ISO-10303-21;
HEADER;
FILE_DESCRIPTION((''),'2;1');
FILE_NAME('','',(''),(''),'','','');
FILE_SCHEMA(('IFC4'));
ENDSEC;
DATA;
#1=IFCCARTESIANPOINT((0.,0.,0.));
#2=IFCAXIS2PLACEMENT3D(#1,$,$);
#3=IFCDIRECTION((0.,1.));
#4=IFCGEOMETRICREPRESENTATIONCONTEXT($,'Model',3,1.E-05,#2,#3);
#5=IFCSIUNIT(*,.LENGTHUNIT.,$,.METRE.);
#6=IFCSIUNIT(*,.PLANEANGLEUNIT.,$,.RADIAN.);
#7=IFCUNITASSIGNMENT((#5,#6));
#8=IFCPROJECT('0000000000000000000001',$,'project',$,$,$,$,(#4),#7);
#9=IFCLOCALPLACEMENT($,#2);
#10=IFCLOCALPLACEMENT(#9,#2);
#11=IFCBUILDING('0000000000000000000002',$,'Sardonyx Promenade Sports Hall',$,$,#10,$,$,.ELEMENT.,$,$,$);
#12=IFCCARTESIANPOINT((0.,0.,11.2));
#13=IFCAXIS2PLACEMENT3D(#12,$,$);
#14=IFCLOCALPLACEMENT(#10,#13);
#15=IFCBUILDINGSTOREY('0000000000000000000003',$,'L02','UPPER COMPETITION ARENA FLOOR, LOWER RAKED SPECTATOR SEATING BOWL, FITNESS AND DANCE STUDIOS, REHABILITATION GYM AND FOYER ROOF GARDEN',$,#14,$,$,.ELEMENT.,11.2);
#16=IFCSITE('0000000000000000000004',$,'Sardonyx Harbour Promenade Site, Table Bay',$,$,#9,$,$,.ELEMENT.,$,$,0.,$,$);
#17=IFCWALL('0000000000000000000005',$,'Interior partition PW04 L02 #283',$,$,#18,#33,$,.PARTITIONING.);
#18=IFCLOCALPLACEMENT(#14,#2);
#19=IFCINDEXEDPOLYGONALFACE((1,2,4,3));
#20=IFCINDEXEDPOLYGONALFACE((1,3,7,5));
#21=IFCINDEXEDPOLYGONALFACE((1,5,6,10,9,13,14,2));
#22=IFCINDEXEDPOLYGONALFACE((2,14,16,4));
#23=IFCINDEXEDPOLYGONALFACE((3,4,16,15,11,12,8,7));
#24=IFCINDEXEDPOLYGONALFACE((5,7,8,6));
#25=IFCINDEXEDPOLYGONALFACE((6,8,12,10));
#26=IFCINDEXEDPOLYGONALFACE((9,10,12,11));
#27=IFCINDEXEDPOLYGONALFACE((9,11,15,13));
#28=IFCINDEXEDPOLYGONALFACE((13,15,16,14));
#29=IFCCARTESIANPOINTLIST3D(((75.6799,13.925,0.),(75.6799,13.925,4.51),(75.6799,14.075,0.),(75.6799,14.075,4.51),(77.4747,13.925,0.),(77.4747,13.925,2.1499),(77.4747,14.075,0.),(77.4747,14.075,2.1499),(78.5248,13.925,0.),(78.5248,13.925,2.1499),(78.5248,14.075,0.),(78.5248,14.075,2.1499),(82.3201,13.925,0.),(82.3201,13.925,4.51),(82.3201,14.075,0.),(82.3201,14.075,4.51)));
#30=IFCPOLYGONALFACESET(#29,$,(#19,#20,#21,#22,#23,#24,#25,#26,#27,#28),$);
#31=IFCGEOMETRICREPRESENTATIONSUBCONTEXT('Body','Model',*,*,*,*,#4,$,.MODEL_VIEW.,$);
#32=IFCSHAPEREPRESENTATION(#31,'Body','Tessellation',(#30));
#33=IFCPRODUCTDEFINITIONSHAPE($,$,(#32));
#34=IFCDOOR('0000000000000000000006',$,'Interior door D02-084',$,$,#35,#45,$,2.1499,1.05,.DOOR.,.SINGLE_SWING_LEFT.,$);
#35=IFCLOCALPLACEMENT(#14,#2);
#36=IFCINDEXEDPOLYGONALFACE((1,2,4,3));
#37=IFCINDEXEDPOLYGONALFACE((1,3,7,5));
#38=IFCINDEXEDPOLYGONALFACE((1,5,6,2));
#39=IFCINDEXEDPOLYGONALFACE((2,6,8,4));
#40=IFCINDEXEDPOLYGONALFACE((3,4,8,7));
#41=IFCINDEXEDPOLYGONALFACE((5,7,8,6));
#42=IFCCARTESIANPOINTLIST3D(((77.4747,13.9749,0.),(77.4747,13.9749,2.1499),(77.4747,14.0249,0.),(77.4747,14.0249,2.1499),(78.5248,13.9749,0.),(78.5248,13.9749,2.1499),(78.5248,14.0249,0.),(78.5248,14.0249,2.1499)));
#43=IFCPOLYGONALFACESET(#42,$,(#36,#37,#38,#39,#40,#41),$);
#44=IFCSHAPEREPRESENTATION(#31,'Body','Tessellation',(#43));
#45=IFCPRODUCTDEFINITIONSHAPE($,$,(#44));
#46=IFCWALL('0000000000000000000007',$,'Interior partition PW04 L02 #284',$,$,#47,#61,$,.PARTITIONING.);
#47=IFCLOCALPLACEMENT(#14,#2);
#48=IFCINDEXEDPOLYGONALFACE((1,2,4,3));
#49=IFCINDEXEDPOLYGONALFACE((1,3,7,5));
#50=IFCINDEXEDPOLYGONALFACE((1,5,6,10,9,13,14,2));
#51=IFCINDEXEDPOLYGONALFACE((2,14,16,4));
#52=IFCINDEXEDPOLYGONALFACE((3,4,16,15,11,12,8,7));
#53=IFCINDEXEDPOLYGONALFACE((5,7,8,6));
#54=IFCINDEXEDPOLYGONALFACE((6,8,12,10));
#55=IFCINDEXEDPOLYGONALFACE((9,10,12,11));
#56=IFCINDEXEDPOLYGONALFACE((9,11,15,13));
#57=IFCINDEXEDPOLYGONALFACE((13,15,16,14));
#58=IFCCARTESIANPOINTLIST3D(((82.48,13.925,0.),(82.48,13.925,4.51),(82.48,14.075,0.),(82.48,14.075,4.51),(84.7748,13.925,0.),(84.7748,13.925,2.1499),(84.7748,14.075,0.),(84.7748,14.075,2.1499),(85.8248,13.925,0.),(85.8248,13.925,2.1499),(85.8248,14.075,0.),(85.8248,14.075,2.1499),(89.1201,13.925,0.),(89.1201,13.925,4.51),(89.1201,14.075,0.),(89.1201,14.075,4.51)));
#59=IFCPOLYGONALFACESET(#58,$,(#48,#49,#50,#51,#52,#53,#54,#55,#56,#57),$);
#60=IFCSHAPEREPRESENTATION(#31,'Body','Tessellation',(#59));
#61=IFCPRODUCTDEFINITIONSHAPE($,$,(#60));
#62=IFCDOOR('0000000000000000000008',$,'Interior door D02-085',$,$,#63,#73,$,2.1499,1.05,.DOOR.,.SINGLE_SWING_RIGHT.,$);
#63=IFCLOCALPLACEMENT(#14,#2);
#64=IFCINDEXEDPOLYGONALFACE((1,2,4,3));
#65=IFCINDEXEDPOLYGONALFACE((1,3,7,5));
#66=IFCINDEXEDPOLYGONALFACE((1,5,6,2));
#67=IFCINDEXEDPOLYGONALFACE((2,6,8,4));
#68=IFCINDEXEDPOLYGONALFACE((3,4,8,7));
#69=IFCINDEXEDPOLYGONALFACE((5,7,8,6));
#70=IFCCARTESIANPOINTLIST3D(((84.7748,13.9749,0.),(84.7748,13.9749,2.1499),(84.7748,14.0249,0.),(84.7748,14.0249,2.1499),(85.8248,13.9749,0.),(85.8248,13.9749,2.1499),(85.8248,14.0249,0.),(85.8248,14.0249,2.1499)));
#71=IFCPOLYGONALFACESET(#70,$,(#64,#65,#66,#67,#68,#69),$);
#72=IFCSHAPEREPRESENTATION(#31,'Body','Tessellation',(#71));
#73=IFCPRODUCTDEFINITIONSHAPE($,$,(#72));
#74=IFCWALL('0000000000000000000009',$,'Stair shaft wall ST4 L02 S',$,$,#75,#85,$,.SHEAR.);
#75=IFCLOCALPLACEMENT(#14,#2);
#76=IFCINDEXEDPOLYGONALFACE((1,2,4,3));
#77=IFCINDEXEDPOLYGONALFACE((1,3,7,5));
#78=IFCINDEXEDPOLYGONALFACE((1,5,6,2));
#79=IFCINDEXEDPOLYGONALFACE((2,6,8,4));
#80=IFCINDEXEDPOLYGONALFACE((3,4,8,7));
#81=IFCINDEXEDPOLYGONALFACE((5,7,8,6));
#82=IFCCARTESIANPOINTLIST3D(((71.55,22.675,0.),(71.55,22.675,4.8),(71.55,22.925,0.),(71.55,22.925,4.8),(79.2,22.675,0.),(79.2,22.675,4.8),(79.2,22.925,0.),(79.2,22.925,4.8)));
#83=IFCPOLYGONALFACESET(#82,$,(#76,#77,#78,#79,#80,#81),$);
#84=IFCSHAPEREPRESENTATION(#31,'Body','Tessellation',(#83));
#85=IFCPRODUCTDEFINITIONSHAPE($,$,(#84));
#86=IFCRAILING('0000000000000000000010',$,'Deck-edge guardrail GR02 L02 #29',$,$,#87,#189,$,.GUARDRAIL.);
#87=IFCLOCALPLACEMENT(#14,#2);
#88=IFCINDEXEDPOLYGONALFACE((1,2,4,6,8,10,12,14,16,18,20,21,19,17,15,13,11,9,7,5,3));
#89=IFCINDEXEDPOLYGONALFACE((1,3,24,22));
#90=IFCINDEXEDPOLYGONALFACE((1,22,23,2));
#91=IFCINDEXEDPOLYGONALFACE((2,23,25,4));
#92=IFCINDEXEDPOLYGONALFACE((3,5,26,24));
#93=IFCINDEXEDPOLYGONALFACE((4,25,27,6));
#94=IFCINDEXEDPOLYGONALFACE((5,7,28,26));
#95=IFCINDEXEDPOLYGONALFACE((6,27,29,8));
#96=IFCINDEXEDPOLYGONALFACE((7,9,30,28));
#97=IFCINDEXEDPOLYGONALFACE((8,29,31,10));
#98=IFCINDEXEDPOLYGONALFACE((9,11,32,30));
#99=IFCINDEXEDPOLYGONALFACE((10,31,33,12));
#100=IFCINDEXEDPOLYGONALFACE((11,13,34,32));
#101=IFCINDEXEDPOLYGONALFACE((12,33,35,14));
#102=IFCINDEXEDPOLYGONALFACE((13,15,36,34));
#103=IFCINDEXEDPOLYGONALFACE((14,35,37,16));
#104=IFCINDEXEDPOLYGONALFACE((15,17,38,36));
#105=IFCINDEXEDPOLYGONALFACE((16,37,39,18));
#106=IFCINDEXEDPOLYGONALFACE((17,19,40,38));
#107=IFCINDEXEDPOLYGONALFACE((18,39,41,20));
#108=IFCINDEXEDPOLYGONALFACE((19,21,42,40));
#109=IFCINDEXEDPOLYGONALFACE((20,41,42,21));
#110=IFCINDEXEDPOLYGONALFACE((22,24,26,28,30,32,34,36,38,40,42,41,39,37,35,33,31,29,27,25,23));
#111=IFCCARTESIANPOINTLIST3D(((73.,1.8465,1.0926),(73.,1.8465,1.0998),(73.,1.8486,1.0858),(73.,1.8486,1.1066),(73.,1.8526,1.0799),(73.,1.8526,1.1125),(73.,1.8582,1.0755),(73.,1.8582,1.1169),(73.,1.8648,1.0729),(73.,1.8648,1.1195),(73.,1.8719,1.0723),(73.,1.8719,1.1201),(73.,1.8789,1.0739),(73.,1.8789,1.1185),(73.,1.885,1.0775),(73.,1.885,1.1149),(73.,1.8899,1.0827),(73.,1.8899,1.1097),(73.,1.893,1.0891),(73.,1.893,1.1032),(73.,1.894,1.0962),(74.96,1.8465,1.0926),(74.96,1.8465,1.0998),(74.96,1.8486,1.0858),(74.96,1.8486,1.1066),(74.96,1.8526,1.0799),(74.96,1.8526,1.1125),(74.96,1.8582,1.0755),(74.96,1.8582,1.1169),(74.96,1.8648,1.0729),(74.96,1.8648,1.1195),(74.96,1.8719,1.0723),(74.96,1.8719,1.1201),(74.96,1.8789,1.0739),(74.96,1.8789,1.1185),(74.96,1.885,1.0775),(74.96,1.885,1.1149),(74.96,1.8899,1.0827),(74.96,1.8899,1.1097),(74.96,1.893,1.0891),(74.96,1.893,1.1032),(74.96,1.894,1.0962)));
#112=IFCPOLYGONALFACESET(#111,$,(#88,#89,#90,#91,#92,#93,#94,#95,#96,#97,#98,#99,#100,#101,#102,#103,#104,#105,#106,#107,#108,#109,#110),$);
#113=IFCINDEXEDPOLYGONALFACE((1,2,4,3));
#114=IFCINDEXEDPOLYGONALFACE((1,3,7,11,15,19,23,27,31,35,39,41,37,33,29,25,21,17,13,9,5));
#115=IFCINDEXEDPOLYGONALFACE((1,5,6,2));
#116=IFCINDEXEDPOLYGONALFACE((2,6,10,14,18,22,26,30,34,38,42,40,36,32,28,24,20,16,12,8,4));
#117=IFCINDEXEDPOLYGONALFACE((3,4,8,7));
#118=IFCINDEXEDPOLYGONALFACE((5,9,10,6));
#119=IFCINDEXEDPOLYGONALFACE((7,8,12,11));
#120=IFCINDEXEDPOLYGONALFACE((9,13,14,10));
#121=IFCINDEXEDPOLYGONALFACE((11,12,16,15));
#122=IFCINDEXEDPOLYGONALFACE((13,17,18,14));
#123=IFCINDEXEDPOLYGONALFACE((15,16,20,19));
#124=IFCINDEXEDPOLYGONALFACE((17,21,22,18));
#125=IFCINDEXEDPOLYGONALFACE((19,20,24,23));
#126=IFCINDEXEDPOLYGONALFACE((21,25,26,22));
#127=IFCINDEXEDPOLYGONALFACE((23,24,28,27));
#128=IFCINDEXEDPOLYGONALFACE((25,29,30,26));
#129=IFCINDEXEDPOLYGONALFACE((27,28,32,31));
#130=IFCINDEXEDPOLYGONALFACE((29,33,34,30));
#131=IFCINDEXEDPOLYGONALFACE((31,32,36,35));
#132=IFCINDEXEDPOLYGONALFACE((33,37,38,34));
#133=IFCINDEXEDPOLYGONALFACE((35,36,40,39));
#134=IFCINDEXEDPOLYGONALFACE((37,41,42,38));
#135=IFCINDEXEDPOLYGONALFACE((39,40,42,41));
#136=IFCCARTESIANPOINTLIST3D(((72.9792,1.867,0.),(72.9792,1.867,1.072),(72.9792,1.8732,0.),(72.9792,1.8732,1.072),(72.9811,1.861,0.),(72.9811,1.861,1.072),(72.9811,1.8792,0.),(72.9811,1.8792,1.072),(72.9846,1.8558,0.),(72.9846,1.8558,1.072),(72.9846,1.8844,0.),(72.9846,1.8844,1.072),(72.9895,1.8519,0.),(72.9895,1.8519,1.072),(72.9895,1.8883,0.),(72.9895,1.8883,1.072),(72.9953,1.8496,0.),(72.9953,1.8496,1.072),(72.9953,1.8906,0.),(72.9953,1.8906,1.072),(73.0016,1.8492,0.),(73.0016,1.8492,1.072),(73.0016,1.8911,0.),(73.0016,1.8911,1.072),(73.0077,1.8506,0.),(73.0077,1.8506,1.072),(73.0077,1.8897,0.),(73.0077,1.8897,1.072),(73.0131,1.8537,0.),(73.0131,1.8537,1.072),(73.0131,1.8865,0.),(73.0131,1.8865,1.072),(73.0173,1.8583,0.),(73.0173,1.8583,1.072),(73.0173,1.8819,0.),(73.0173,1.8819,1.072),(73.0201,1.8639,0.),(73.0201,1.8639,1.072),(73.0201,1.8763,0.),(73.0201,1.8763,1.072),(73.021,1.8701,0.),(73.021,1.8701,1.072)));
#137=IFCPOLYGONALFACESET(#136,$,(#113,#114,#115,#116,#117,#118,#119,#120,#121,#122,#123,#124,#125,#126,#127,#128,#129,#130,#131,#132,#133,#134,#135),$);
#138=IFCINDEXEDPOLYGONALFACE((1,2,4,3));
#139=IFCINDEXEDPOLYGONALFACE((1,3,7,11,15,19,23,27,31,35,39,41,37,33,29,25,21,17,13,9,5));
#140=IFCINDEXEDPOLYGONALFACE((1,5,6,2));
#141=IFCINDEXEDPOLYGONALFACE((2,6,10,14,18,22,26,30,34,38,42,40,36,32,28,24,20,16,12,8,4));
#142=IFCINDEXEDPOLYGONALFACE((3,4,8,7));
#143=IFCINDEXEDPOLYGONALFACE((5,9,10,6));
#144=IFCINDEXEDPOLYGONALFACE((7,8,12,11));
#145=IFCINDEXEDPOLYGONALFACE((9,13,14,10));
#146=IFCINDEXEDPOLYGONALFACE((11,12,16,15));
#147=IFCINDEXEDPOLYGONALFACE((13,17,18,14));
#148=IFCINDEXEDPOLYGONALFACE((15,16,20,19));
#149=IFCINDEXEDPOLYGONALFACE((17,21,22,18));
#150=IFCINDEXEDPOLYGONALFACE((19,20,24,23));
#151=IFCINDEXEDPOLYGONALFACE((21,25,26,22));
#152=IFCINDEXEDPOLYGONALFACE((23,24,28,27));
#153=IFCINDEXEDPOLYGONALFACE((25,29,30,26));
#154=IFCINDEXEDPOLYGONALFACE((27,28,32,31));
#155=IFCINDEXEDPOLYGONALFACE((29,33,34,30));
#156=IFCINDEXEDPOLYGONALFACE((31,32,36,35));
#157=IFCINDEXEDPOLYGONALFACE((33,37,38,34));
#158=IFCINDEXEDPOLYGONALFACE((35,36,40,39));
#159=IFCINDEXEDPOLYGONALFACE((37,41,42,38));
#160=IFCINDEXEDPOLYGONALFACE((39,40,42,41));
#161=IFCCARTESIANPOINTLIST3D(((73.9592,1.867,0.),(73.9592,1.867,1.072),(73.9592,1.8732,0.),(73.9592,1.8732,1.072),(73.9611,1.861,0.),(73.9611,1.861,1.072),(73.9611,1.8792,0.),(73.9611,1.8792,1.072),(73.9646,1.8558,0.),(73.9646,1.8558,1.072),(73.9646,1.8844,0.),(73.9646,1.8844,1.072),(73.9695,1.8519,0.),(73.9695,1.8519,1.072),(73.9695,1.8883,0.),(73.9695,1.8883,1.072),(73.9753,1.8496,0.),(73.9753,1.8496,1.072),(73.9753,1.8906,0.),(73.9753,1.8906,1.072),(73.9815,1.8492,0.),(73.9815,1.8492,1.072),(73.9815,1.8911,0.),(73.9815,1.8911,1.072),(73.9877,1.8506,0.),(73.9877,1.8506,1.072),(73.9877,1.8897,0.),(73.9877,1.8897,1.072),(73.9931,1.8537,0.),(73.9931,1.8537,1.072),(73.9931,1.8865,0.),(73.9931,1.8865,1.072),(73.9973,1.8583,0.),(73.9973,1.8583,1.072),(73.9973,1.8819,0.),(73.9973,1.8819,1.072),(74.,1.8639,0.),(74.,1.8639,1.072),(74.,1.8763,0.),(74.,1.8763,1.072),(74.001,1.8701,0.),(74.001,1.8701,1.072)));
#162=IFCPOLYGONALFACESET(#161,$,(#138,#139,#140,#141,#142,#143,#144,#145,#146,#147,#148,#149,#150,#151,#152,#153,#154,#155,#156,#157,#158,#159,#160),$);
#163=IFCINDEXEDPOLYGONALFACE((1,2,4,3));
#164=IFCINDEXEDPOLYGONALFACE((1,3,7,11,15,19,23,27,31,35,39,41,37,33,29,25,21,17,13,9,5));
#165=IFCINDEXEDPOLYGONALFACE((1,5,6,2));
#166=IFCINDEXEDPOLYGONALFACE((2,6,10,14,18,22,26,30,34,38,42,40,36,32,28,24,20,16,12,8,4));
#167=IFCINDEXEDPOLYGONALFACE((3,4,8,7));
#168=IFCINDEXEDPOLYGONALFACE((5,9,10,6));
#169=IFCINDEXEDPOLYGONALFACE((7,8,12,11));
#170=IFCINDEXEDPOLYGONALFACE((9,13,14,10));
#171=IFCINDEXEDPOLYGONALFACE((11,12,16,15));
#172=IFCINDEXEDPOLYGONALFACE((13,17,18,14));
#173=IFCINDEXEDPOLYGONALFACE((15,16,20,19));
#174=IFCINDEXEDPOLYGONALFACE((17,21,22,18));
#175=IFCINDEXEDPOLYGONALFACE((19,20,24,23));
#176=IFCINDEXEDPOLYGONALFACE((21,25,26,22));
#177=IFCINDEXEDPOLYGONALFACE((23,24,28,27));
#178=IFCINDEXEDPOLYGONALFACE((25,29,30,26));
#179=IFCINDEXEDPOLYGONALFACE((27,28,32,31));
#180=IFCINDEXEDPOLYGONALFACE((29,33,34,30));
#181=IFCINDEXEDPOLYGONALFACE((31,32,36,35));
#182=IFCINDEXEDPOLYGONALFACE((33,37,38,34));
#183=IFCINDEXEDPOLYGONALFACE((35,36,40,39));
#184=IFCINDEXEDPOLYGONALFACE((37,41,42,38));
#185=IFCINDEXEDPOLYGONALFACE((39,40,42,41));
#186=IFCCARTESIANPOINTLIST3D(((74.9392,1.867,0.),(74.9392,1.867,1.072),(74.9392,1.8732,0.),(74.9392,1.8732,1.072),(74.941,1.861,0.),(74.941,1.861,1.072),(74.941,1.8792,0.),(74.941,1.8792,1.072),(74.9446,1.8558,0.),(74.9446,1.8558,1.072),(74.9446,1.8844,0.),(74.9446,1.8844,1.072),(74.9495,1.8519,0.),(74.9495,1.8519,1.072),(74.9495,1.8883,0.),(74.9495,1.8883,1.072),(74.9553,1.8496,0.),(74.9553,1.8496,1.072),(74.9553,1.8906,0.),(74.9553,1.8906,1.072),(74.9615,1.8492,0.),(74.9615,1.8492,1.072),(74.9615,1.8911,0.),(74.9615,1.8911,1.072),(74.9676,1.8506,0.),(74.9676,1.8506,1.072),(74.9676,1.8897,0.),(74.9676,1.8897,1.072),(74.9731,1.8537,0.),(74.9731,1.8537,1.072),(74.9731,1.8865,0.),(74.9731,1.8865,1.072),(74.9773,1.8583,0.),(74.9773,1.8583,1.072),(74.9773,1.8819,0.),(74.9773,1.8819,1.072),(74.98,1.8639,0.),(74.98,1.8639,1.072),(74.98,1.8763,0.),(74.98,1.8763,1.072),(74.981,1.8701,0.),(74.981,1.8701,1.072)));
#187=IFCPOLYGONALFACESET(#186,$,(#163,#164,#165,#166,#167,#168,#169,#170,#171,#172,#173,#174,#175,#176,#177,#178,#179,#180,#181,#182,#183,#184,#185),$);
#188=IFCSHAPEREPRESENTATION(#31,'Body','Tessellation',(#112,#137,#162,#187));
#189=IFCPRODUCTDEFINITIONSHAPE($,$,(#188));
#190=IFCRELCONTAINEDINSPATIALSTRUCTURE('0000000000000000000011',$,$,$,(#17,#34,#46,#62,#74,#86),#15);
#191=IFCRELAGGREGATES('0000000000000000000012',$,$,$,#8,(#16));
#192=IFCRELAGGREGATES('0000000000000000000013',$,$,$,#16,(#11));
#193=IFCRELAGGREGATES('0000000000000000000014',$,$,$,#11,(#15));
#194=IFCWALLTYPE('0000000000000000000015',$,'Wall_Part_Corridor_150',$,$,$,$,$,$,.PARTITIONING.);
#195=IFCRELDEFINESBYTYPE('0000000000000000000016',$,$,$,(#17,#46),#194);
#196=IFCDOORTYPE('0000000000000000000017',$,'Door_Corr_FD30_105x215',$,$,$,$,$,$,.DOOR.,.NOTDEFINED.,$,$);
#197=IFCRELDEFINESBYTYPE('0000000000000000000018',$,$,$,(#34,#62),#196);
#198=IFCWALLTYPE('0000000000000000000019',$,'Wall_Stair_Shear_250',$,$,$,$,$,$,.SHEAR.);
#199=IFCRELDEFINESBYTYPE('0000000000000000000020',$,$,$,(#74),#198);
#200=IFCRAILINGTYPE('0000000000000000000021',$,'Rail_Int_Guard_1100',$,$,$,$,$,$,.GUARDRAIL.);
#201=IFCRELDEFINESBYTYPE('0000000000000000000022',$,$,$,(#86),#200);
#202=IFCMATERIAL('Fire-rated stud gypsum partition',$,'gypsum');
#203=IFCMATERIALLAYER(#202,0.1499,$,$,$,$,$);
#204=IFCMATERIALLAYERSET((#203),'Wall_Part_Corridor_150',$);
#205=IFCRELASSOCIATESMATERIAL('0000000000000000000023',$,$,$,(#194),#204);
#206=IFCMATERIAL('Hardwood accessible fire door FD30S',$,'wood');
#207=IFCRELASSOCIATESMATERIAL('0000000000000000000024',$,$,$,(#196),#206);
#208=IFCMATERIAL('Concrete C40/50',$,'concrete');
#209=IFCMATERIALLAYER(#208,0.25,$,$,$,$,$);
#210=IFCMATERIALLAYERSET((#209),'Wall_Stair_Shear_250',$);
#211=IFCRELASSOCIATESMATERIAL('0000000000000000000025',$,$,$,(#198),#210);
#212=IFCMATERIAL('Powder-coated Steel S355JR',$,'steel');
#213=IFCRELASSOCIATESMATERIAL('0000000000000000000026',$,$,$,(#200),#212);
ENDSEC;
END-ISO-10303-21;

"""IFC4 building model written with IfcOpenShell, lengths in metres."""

from ifc_helpers import new_model, si_unit, direction, frame, frame_2d, origin, origin_2d, place, context, subcontext, project, spatial, rectangle, circle, extrude, material, layer, layer_set, type_object, element, fill, save


model = new_model("IFC4")

# Units and contexts
model_context = context("Model", 3, precision=1e-05, world=origin(), true_north=direction((0.0, 1.0)))
body_context = subcontext(model_context, "Body", "Model", "MODEL_VIEW")
ifc_project = project(units=[si_unit("LENGTHUNIT", "METRE"), si_unit("PLANEANGLEUNIT", "RADIAN")], contexts=[model_context])

# Site, building, storey
site_placement = place(None, origin())
site = spatial("IfcSite", under=ifc_project, at=site_placement, Name="Sardonyx Harbour Promenade Site, Table Bay", CompositionType="ELEMENT", RefElevation=0.0)
building_placement = place(site_placement, origin())
building = spatial("IfcBuilding", under=site, at=building_placement, Name="Sardonyx Promenade Sports Hall", CompositionType="ELEMENT")
storey_placement = place(building_placement, frame((0.0, 0.0, 11.2)))
storey = spatial("IfcBuildingStorey", under=building, at=storey_placement, Name="L02", Description="UPPER COMPETITION ARENA FLOOR, LOWER RAKED SPECTATOR SEATING BOWL, FITNESS AND DANCE STUDIOS, REHABILITATION GYM AND FOYER ROOF GARDEN", CompositionType="ELEMENT", Elevation=11.2)

# Walls, openings, doors
ifc_material_1 = material(Name="Fire-rated stud gypsum partition", Category="gypsum")
ifc_layer_1 = layer(ifc_material_1, 0.1499)
ifc_layer_set_1 = layer_set([ifc_layer_1], Name="Wall_Part_Corridor_150")
wall_type_1 = type_object("IfcWallType", Name="Wall_Part_Corridor_150", PredefinedType="PARTITIONING", material=ifc_layer_set_1)
wall_1_placement = place(storey_placement, frame((75.6799, 14.0, 0.0), z_axis=(0.0, 0.0, 1.0), x_axis=(1.0, 0.0, 0.0)))
wall_1 = element("IfcWall", 1, at=wall_1_placement, inside=storey, type_object=wall_type_1, Name="Interior partition PW04 L02 #283", PredefinedType="PARTITIONING", context=body_context, shape_type="SweptSolid", body=[
    extrude(rectangle(XDim=6.6401, YDim=0.1499, at=frame_2d((3.3201, 0.0))), origin(), (0.0, 0.0, 1.0), 4.51),
])
opening_1_placement = place(wall_1_placement, frame((1.7949, 0.0, 0.0)))
opening_1 = element("IfcOpeningElement", 2, at=opening_1_placement, cuts=wall_1, PredefinedType="OPENING", context=body_context, shape_type="SweptSolid", body=[
    extrude(rectangle(XDim=1.05, YDim=2.1499, at=frame_2d((0.5249, 1.075))), frame((0.0, 0.085, 0.0), z_axis=(0.0, -1.0, 0.0), x_axis=(1.0, 0.0, 0.0)), (0.0, 0.0, 1.0), 0.17),
])
ifc_material_2 = material(Name="Hardwood accessible fire door FD30S", Category="wood")
door_type_1 = type_object("IfcDoorType", Name="Door_Corr_FD30_105x215", OperationType="NOTDEFINED", PredefinedType="DOOR", material=ifc_material_2)
door_1_placement = place(opening_1_placement, origin())
door_1 = element("IfcDoor", 3, at=door_1_placement, inside=storey, type_object=door_type_1, Name="Interior door D02-084", OperationType="SINGLE_SWING_LEFT", OverallHeight=2.1499, OverallWidth=1.05, PredefinedType="DOOR", context=body_context, shape_type="SweptSolid", body=[
    extrude(rectangle(XDim=1.05, YDim=2.1499, at=frame_2d((0.5249, 1.075))), frame((0.0, 0.0249, 0.0), z_axis=(0.0, -1.0, 0.0), x_axis=(1.0, 0.0, 0.0)), (0.0, 0.0, 1.0), 0.05),
])
fill(opening_1, door_1)
wall_2_placement = place(storey_placement, frame((82.48, 14.0, 0.0), z_axis=(0.0, 0.0, 1.0), x_axis=(1.0, 0.0, 0.0)))
wall_2 = element("IfcWall", 4, at=wall_2_placement, inside=storey, type_object=wall_type_1, Name="Interior partition PW04 L02 #284", PredefinedType="PARTITIONING", context=body_context, shape_type="SweptSolid", body=[
    extrude(rectangle(XDim=6.6401, YDim=0.1499, at=frame_2d((3.3201, 0.0))), origin(), (0.0, 0.0, 1.0), 4.51),
])
opening_2_placement = place(wall_2_placement, frame((2.2949, 0.0, 0.0)))
opening_2 = element("IfcOpeningElement", 5, at=opening_2_placement, cuts=wall_2, PredefinedType="OPENING", context=body_context, shape_type="SweptSolid", body=[
    extrude(rectangle(XDim=1.05, YDim=2.1499, at=frame_2d((0.5249, 1.075))), frame((0.0, 0.085, 0.0), z_axis=(0.0, -1.0, 0.0), x_axis=(1.0, 0.0, 0.0)), (0.0, 0.0, 1.0), 0.17),
])
door_2_placement = place(opening_2_placement, origin())
door_2 = element("IfcDoor", 6, at=door_2_placement, inside=storey, type_object=door_type_1, Name="Interior door D02-085", OperationType="SINGLE_SWING_RIGHT", OverallHeight=2.1499, OverallWidth=1.05, PredefinedType="DOOR", context=body_context, shape_type="SweptSolid", body=[
    extrude(rectangle(XDim=1.05, YDim=2.1499, at=frame_2d((0.5249, 1.075))), frame((0.0, 0.0249, 0.0), z_axis=(0.0, -1.0, 0.0), x_axis=(1.0, 0.0, 0.0)), (0.0, 0.0, 1.0), 0.05),
])
fill(opening_2, door_2)

# Wall
ifc_material_3 = material(Name="Concrete C40/50", Category="concrete")
ifc_layer_2 = layer(ifc_material_3, 0.25)
ifc_layer_set_2 = layer_set([ifc_layer_2], Name="Wall_Stair_Shear_250")
wall_type_2 = type_object("IfcWallType", Name="Wall_Stair_Shear_250", PredefinedType="SHEAR", material=ifc_layer_set_2)
wall_3_placement = place(storey_placement, frame((79.2, 22.8, 0.0), z_axis=(0.0, 0.0, 1.0), x_axis=(-1.0, 0.0, 0.0)))
element("IfcWall", 7, at=wall_3_placement, inside=storey, type_object=wall_type_2, Name="Stair shaft wall ST4 L02 S", PredefinedType="SHEAR", context=body_context, shape_type="SweptSolid", body=[
    extrude(rectangle(XDim=7.6499, YDim=0.25, at=frame_2d((3.825, 0.0))), origin(), (0.0, 0.0, 1.0), 4.8),
])

# Railing
ifc_material_4 = material(Name="Powder-coated Steel S355JR", Category="steel")
railing_type = type_object("IfcRailingType", Name="Rail_Int_Guard_1100", PredefinedType="GUARDRAIL", material=ifc_material_4)
railing_1_placement = place(storey_placement, frame((73.0, 1.8701, 0.0)))
element("IfcRailing", 8, at=railing_1_placement, inside=storey, type_object=railing_type, Name="Deck-edge guardrail GR02 L02 #29", PredefinedType="GUARDRAIL", context=body_context, shape_type="SweptSolid", body=[
    extrude(circle(Radius=0.0239, at=origin_2d()), frame((0.0, 0.0, 1.0962), z_axis=(1.0, 0.0, 0.0), x_axis=(0.0, 1.0, 0.0)), (0.0, 0.0, 1.0), 1.96),
    extrude(circle(Radius=0.021, at=origin_2d()), origin(), (0.0, 0.0, 1.0), 1.072),
    extrude(circle(Radius=0.021, at=origin_2d()), frame((0.98, 0.0, 0.0)), (0.0, 0.0, 1.0), 1.072),
    extrude(circle(Radius=0.021, at=origin_2d()), frame((1.96, 0.0, 0.0)), (0.0, 0.0, 1.0), 1.072),
])

save(model, "model.ifc")
